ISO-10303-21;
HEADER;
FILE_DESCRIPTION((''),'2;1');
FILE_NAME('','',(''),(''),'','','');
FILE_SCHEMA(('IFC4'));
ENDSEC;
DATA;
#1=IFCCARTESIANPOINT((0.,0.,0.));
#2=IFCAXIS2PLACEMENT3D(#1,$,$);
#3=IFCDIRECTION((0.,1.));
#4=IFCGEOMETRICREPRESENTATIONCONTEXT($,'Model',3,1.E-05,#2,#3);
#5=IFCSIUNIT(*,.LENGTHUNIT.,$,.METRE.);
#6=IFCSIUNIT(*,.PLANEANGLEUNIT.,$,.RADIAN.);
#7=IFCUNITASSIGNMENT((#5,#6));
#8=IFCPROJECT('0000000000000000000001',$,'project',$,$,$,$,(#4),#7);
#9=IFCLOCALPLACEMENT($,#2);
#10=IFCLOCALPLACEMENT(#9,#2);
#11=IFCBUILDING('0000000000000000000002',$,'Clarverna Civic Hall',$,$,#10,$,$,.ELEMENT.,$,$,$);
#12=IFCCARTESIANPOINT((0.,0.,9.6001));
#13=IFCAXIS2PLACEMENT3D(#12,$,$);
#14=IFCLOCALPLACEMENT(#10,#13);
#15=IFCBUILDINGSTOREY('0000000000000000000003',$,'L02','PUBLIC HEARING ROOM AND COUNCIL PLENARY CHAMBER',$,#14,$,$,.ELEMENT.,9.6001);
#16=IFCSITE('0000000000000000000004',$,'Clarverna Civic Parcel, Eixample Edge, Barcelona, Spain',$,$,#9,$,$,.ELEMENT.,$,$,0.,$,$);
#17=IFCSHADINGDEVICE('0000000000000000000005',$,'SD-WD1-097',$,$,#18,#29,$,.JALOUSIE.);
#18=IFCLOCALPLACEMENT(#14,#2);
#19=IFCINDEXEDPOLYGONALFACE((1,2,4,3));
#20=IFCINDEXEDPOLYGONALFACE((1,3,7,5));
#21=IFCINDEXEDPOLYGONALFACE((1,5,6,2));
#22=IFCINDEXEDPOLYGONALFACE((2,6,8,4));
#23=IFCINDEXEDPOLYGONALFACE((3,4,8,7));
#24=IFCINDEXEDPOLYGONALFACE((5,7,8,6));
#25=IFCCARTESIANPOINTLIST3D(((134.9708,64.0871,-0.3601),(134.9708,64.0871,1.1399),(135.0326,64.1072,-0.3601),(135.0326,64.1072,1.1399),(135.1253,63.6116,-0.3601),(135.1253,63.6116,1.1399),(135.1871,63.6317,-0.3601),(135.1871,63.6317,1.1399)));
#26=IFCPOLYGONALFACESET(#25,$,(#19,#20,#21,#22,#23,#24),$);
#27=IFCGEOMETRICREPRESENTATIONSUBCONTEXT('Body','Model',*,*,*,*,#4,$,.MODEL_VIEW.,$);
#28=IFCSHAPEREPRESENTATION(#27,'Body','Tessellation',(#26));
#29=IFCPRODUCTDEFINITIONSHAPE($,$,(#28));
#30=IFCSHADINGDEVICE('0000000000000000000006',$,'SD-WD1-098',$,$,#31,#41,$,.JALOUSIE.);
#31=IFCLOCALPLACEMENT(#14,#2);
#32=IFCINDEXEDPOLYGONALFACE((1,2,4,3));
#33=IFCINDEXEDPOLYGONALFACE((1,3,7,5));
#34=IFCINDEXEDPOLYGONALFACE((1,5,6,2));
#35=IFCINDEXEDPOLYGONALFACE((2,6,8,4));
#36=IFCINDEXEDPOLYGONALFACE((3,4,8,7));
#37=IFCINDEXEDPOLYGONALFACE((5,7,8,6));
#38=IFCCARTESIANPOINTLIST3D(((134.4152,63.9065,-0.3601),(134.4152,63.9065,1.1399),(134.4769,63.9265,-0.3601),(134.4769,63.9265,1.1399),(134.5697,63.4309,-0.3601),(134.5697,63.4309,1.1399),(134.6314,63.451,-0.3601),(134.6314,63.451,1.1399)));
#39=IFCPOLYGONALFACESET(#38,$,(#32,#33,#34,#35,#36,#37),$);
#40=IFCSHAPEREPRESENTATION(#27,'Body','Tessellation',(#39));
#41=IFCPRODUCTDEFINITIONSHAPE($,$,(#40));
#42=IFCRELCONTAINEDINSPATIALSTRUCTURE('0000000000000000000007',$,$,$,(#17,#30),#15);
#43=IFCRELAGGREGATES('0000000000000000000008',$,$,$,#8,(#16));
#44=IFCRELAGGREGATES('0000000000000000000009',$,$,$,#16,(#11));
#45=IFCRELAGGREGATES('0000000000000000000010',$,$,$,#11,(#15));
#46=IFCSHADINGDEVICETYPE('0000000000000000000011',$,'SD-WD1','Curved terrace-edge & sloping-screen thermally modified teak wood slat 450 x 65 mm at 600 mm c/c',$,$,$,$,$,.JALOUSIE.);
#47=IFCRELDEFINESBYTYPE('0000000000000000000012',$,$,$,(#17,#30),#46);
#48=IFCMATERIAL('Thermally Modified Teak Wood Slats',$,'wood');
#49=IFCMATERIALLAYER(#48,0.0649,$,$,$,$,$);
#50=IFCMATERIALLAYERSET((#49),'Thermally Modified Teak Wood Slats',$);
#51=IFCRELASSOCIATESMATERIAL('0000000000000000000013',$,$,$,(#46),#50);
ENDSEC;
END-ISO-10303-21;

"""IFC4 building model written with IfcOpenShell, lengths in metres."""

from ifc_helpers import new_model, si_unit, direction, frame, frame_2d, origin, place, context, subcontext, project, spatial, rectangle, extrude, material, layer, layer_set, type_object, element, save


model = new_model("IFC4")

# Units and contexts
model_context = context("Model", 3, precision=1e-05, world=origin(), true_north=direction((0.0, 1.0)))
body_context = subcontext(model_context, "Body", "Model", "MODEL_VIEW")
ifc_project = project(units=[si_unit("LENGTHUNIT", "METRE"), si_unit("PLANEANGLEUNIT", "RADIAN")], contexts=[model_context])

# Site, building, storey
site_placement = place(None, origin())
site = spatial("IfcSite", under=ifc_project, at=site_placement, Name="Clarverna Civic Parcel, Eixample Edge, Barcelona, Spain", CompositionType="ELEMENT", RefElevation=0.0)
building_placement = place(site_placement, origin())
building = spatial("IfcBuilding", under=site, at=building_placement, Name="Clarverna Civic Hall", CompositionType="ELEMENT")
storey_placement = place(building_placement, frame((0.0, 0.0, 9.6001)))
storey = spatial("IfcBuildingStorey", under=building, at=storey_placement, Name="L02", Description="PUBLIC HEARING ROOM AND COUNCIL PLENARY CHAMBER", CompositionType="ELEMENT", Elevation=9.6001)

# Shading devices
ifc_material_1 = material(Name="Thermally Modified Teak Wood Slats", Category="wood")
ifc_layer_1 = layer(ifc_material_1, 0.0649)
ifc_layer_set_1 = layer_set([ifc_layer_1], Name="Thermally Modified Teak Wood Slats")
shading_device_type = type_object("IfcShadingDeviceType", Name="SD-WD1", Description="Curved terrace-edge & sloping-screen thermally modified teak wood slat 450 x 65 mm at 600 mm c/c", PredefinedType="JALOUSIE", material=ifc_layer_set_1)
for number, where, z_axis, x_axis, name in (
    (1, (135.0017, 64.0972, -0.3601), (0.0, 0.0, 1.0), (0.309042, -0.951048, 0.0), "SD-WD1-097"),
    (2, (134.446, 63.9165, -0.3601), (0.0, 0.0, 1.0), (0.309042, -0.951048, 0.0), "SD-WD1-098"),
):
    element("IfcShadingDevice", number, at=place(storey_placement, frame(where, z_axis=z_axis, x_axis=x_axis)), inside=storey, type_object=shading_device_type, Name=name, PredefinedType="JALOUSIE", context=body_context, shape_type="SweptSolid", body=[
        extrude(rectangle(XDim=0.5, YDim=0.0649, at=frame_2d((0.25, 0.0))), origin(), (0.0, 0.0, 1.0), 1.5),
    ])

save(model, "model.ifc")
